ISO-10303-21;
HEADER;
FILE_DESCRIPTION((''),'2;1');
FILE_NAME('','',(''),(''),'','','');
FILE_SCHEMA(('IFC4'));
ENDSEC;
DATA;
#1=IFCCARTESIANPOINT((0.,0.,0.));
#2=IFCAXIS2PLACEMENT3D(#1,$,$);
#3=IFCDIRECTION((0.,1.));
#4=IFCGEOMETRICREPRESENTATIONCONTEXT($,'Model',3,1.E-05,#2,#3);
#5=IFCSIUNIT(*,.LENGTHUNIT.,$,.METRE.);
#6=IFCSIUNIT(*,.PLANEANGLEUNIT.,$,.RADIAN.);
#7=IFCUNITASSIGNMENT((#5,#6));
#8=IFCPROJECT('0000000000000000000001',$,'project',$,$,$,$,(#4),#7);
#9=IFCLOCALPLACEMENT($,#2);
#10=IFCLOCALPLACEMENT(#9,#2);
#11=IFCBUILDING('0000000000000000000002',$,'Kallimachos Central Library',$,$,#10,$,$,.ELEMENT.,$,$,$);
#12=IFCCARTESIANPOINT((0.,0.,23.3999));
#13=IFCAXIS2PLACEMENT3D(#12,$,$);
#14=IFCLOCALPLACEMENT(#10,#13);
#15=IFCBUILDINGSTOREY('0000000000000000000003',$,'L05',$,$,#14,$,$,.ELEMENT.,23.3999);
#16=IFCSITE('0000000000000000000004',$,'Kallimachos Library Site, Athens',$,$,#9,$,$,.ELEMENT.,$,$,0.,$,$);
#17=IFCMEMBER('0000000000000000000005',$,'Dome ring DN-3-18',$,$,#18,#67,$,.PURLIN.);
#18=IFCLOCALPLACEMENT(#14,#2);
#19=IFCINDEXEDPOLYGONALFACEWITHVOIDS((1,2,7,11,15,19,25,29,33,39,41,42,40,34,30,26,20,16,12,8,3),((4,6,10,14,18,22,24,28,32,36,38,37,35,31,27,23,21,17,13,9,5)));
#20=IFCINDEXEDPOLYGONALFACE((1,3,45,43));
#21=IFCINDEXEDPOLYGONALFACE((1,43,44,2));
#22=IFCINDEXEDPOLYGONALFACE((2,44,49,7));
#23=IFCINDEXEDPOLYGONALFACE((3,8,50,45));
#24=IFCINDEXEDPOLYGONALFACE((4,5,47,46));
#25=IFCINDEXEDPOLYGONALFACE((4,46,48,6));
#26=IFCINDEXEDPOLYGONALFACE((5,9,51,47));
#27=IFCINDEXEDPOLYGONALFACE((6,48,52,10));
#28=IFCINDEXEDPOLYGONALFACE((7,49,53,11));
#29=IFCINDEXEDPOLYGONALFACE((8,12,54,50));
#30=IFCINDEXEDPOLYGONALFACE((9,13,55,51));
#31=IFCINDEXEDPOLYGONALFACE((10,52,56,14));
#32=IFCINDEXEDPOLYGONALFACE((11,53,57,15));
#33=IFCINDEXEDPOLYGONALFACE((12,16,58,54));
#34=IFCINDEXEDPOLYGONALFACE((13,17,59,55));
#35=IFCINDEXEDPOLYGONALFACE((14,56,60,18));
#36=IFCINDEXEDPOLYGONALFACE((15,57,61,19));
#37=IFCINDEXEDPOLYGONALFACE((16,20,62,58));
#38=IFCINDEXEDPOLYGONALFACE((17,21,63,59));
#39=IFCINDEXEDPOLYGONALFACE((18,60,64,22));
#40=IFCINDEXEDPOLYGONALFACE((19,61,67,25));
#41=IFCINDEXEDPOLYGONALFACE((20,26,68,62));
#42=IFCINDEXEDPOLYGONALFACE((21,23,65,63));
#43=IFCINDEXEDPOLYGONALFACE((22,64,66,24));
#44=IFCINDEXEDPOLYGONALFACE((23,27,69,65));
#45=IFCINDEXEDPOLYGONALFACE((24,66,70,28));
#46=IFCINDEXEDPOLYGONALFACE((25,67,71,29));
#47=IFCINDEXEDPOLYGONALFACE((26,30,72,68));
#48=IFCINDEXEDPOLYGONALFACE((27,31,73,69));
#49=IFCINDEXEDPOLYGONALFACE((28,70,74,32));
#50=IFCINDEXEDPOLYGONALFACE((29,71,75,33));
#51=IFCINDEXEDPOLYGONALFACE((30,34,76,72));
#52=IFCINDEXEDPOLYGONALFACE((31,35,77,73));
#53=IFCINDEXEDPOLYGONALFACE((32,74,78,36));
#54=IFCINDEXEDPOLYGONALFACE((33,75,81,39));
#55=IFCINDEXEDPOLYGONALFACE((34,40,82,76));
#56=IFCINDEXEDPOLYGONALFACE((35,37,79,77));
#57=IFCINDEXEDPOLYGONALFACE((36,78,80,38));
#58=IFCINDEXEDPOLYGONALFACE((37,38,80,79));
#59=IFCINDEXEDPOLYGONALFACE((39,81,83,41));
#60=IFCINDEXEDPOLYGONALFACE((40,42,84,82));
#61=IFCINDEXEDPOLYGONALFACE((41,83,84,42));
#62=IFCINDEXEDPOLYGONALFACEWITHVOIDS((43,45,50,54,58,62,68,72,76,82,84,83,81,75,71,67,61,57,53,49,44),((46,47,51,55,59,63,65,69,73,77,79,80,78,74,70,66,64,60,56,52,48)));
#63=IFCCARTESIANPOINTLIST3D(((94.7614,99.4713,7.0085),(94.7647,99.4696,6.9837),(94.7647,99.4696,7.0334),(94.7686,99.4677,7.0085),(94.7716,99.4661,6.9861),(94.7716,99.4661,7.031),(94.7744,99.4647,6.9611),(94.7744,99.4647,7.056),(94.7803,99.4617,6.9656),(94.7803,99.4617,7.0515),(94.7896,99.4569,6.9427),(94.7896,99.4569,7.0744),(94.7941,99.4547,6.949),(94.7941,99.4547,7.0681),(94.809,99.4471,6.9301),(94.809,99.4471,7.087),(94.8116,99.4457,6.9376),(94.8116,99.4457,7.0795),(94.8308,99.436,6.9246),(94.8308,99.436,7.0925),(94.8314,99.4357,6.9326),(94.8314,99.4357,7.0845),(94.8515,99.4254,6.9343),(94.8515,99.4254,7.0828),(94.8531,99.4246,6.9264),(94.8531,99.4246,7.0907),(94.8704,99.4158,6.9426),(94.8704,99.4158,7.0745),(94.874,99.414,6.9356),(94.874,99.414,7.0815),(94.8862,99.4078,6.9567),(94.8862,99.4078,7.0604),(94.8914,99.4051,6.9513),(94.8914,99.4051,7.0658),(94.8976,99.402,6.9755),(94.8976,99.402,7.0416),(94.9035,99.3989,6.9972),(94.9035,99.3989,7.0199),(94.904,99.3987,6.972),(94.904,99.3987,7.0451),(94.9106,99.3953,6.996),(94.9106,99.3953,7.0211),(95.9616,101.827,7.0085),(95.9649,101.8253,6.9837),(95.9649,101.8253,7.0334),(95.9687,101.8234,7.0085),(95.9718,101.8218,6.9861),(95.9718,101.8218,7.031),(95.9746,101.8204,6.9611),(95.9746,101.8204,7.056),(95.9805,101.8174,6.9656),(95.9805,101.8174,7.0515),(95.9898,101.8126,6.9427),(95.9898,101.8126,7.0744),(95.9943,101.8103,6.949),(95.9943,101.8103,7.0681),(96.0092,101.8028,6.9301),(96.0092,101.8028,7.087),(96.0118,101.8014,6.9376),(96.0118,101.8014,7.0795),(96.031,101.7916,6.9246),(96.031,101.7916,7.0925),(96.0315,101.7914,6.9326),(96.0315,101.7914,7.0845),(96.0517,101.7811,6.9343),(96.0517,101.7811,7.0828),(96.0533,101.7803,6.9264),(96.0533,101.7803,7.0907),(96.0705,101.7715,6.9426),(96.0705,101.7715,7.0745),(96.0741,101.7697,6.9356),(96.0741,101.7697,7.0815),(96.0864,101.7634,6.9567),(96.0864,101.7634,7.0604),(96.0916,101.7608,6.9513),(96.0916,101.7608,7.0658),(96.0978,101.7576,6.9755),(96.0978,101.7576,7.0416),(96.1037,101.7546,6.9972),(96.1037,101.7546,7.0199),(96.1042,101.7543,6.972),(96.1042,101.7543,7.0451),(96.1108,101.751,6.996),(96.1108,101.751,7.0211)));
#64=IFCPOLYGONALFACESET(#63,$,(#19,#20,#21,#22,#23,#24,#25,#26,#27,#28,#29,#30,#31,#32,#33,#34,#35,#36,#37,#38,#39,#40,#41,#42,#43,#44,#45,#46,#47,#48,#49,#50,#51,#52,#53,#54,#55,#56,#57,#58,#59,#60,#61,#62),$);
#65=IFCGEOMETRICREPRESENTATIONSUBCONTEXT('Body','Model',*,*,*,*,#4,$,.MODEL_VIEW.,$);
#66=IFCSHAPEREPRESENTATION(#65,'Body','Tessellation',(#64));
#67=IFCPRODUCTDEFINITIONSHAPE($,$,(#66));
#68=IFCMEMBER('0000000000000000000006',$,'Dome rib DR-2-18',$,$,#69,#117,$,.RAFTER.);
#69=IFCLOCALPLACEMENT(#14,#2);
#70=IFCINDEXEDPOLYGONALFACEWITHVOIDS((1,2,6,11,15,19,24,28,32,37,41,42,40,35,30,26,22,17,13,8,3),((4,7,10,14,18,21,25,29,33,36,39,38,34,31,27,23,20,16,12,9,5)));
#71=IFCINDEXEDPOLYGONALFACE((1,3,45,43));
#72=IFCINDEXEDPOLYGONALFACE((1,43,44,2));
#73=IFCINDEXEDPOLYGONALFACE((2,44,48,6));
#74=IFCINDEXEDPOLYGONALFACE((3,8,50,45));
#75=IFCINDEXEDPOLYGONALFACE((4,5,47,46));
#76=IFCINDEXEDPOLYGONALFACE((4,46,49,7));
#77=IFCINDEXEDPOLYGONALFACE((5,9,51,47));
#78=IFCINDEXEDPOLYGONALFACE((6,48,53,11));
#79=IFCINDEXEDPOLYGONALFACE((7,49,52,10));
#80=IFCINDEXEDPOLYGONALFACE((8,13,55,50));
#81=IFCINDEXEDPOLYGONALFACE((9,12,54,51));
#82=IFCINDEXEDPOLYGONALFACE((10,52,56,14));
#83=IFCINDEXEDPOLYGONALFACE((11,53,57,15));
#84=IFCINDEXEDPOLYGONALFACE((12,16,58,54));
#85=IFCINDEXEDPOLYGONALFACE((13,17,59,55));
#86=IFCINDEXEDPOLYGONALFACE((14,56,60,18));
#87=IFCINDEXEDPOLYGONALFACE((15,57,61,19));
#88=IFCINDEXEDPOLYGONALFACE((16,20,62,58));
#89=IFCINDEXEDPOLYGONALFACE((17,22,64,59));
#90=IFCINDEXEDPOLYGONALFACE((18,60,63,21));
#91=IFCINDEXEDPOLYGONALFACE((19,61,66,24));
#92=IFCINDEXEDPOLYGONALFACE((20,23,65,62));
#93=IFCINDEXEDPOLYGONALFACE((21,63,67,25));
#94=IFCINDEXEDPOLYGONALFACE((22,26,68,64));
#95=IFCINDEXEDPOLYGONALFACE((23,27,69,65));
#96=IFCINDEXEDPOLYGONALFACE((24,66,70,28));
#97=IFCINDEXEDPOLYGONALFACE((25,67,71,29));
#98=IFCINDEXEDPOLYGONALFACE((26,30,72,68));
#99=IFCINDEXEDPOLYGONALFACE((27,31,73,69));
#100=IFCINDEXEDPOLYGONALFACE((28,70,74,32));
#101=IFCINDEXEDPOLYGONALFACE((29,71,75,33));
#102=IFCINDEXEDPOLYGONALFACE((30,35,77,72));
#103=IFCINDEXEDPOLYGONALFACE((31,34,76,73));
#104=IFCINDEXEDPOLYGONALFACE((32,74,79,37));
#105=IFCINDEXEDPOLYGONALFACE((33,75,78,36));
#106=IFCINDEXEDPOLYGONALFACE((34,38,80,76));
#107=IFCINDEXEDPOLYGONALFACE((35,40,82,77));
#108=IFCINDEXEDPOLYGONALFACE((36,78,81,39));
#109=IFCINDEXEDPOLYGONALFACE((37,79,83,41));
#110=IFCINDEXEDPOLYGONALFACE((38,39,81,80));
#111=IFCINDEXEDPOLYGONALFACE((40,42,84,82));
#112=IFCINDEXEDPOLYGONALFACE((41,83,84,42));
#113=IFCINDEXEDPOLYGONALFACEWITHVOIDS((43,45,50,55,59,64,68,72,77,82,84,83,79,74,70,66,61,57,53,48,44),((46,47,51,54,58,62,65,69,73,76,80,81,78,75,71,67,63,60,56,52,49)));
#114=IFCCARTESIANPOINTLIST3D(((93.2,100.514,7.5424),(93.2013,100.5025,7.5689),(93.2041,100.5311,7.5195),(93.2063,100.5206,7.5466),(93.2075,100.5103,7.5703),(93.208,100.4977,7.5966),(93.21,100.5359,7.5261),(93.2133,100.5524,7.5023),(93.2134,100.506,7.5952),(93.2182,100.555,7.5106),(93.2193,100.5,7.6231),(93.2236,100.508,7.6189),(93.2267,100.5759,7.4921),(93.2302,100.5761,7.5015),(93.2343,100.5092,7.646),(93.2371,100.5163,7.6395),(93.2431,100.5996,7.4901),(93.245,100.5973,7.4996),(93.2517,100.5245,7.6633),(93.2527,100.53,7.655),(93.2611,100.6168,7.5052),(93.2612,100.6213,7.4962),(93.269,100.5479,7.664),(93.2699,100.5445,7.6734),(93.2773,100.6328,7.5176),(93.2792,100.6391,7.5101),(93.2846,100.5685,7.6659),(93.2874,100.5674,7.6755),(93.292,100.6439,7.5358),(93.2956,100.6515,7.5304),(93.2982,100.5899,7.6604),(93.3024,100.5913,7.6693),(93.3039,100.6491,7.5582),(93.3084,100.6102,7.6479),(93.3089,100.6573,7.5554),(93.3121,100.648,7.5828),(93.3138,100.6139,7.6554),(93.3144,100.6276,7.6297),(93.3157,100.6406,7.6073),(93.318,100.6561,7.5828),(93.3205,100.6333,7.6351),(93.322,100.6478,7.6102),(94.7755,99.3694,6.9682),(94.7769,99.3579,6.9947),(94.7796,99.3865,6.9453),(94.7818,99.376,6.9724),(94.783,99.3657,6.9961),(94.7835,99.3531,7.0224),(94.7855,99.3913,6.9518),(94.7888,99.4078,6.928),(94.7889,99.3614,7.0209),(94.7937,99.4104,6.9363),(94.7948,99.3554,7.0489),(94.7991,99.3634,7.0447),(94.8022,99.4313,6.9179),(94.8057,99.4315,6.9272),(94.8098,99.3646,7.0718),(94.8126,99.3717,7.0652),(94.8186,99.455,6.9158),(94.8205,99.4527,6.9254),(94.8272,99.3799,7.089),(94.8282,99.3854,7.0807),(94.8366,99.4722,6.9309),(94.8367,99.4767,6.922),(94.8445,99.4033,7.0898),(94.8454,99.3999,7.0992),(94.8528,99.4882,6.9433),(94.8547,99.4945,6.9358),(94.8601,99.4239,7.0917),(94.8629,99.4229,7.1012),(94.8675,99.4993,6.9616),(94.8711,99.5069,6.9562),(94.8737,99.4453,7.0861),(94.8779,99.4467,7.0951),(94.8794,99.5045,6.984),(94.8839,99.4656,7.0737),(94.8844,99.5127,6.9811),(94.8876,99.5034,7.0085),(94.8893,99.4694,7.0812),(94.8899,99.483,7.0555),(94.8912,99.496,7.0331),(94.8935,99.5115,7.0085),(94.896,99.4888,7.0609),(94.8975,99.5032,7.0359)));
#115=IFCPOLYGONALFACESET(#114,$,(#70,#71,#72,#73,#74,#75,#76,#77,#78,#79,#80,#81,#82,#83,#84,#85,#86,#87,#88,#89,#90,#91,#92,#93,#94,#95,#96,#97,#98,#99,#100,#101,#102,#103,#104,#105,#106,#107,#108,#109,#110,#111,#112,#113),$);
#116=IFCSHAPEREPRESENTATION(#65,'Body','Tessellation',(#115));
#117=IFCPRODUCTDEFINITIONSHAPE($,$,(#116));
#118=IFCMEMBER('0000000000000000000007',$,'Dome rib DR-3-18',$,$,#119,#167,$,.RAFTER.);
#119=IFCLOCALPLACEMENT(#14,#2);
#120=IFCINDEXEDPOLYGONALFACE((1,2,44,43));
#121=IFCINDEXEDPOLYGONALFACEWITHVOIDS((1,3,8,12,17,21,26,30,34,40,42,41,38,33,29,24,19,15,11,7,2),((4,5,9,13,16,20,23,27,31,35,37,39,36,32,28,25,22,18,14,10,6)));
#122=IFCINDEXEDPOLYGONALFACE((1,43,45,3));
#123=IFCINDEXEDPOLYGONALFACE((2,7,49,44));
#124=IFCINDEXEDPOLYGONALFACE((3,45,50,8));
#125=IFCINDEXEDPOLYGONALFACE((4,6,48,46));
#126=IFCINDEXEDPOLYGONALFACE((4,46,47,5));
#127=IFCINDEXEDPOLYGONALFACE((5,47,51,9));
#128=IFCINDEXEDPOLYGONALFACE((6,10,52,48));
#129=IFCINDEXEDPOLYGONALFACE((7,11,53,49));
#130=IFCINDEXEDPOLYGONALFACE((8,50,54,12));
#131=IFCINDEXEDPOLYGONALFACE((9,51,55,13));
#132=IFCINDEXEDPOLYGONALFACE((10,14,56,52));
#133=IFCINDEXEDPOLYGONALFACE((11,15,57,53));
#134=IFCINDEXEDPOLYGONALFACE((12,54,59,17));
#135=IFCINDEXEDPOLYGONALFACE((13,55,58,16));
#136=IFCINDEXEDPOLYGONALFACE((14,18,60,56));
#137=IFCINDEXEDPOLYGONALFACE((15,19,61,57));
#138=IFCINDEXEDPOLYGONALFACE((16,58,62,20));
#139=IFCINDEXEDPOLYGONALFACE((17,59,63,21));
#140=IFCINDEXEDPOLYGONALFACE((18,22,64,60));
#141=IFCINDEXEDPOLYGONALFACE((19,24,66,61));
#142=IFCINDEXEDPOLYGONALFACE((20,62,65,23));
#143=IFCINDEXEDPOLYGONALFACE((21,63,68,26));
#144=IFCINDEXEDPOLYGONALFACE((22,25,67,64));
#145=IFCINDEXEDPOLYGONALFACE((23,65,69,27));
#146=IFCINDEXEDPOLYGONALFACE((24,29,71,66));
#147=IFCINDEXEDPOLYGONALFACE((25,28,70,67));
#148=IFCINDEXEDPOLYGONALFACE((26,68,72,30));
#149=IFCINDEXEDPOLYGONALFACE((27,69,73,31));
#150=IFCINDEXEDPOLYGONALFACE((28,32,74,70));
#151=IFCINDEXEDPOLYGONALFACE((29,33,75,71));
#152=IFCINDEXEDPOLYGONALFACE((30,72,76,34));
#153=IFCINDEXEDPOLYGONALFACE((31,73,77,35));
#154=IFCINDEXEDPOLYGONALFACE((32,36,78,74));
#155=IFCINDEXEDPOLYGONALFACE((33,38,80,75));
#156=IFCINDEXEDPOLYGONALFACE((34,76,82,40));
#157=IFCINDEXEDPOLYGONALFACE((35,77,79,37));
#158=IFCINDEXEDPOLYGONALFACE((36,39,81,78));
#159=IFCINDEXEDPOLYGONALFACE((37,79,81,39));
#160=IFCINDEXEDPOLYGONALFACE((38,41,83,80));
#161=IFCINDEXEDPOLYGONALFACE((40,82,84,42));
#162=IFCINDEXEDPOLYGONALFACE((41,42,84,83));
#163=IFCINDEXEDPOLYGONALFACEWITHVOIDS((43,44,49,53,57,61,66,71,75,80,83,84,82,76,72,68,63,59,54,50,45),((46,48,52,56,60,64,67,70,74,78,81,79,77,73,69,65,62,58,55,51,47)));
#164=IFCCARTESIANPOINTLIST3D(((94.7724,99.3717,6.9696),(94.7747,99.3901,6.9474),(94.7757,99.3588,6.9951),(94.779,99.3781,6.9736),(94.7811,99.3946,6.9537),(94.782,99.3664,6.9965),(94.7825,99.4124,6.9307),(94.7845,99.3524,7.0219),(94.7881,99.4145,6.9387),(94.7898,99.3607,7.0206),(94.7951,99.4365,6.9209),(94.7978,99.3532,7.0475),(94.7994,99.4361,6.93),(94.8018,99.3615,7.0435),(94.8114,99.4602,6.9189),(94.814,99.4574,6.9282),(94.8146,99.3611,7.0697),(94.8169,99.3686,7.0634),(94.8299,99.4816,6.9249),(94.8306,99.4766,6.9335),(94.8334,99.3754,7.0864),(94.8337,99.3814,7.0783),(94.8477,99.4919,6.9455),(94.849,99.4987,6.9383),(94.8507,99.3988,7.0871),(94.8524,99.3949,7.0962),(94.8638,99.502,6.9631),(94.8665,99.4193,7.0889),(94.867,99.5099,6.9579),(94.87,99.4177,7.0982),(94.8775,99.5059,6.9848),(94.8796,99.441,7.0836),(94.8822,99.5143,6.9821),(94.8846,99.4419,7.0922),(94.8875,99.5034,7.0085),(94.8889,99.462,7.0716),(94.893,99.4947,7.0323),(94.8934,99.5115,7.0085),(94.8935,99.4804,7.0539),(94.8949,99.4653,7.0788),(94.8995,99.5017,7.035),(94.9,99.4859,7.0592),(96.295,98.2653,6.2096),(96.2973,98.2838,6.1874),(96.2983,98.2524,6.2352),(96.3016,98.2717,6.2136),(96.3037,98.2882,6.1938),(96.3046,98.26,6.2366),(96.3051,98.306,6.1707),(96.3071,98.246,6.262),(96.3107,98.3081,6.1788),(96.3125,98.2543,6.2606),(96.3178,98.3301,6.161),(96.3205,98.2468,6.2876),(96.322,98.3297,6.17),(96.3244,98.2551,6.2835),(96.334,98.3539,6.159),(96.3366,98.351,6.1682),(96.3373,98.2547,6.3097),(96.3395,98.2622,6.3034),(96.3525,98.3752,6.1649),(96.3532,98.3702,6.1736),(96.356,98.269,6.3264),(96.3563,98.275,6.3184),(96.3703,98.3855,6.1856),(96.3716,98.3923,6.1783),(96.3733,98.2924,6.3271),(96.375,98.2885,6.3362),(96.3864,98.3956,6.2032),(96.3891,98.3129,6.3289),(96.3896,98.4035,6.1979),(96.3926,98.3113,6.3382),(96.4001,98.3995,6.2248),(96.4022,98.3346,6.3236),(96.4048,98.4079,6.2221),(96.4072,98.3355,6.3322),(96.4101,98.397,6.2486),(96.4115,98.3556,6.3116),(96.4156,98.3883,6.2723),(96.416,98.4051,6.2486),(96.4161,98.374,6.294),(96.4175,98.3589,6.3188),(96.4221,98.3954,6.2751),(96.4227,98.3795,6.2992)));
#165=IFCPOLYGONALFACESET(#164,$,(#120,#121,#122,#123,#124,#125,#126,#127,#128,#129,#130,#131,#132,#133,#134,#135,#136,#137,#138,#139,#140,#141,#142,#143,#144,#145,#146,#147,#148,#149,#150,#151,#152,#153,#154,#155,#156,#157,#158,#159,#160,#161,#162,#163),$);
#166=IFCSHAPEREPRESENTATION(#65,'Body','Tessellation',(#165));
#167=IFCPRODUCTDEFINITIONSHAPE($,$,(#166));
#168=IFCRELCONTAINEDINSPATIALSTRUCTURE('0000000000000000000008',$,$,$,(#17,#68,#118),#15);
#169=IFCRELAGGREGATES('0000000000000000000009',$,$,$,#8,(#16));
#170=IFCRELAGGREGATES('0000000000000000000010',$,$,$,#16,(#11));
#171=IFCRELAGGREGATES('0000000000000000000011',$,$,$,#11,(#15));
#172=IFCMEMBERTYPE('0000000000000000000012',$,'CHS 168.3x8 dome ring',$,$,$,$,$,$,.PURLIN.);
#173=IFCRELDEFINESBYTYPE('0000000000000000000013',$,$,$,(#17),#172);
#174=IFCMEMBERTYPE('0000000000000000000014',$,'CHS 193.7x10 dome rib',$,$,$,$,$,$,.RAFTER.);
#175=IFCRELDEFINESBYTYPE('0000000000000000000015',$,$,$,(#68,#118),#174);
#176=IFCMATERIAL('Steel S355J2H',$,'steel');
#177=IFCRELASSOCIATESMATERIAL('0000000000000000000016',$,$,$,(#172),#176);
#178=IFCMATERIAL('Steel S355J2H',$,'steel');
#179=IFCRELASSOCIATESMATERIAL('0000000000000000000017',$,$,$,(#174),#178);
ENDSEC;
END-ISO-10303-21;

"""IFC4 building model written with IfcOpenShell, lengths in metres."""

from ifc_helpers import new_model, si_unit, direction, frame, origin, origin_2d, place, context, subcontext, project, spatial, hollow_circle, extrude, material, material_profile, profile_set, type_object, element, save


model = new_model("IFC4")

# Units and contexts
model_context = context("Model", 3, precision=1e-05, world=origin(), true_north=direction((0.0, 1.0)))
body_context = subcontext(model_context, "Body", "Model", "MODEL_VIEW")
ifc_project = project(units=[si_unit("LENGTHUNIT", "METRE"), si_unit("PLANEANGLEUNIT", "RADIAN")], contexts=[model_context])

# Site, building, storey
site_placement = place(None, origin())
site = spatial("IfcSite", under=ifc_project, at=site_placement, Name="Kallimachos Library Site, Athens", CompositionType="ELEMENT", RefElevation=0.0)
building_placement = place(site_placement, origin())
building = spatial("IfcBuilding", under=site, at=building_placement, Name="Kallimachos Central Library", CompositionType="ELEMENT")
storey_placement = place(building_placement, frame((0.0, 0.0, 23.3999)))
storey = spatial("IfcBuildingStorey", under=building, at=storey_placement, Name="L05", CompositionType="ELEMENT", Elevation=23.3999)

# Members
ifc_material_1 = material(Name="Steel S355J2H", Category="steel")
ifc_material_profile_1 = material_profile(ifc_material_1, hollow_circle(Radius=0.0842, WallThickness=0.0081, at=origin_2d()), Name="CHS 168.3x8")
ifc_profile_set_1 = profile_set([ifc_material_profile_1], Name="Steel S355J2H")
member_type_1 = type_object("IfcMemberType", Name="CHS 168.3x8 dome ring", PredefinedType="PURLIN", material=ifc_profile_set_1)
member_1_placement = place(storey_placement, frame((94.8364, 99.4331, 7.0085), z_axis=(0.45396, 0.891022, 0.0), x_axis=(-0.891022, 0.45396, 0.0)))
element("IfcMember", 1, at=member_1_placement, inside=storey, type_object=member_type_1, Name="Dome ring DN-3-18", PredefinedType="PURLIN", context=body_context, shape_type="SweptSolid", body=[
    extrude(hollow_circle(Radius=0.0842, WallThickness=0.0081, at=origin_2d()), origin(), (0.0, 0.0, 1.0), 2.6438),
])
ifc_material_2 = material(Name="Steel S355J2H", Category="steel")
ifc_material_profile_2 = material_profile(ifc_material_2, hollow_circle(Radius=0.0969, WallThickness=0.01, at=origin_2d()), Name="CHS 193.7x10")
ifc_profile_set_2 = profile_set([ifc_material_profile_2], Name="Steel S355J2H")
member_type_2 = type_object("IfcMemberType", Name="CHS 193.7x10 dome rib", PredefinedType="RAFTER", material=ifc_profile_set_2)
member_2_placement = place(storey_placement, frame((93.261, 100.5776, 7.5828), z_axis=(0.776004, -0.563755, -0.282839), x_axis=(0.587754, 0.80904, 0.0)))
element("IfcMember", 2, at=member_2_placement, inside=storey, type_object=member_type_2, Name="Dome rib DR-2-18", PredefinedType="RAFTER", context=body_context, shape_type="SweptSolid", body=[
    extrude(hollow_circle(Radius=0.0969, WallThickness=0.01, at=origin_2d()), origin(), (0.0, 0.0, 1.0), 2.0303),
])
member_3_placement = place(storey_placement, frame((94.8364, 99.4331, 7.0085), z_axis=(0.75014, -0.545076, -0.374409), x_axis=(0.587832, 0.808983, 0.0)))
element("IfcMember", 3, at=member_3_placement, inside=storey, type_object=member_type_2, Name="Dome rib DR-3-18", PredefinedType="RAFTER", context=body_context, shape_type="SweptSolid", body=[
    extrude(hollow_circle(Radius=0.0969, WallThickness=0.01, at=origin_2d()), origin(), (0.0, 0.0, 1.0), 2.0298),
])

save(model, "model.ifc")
